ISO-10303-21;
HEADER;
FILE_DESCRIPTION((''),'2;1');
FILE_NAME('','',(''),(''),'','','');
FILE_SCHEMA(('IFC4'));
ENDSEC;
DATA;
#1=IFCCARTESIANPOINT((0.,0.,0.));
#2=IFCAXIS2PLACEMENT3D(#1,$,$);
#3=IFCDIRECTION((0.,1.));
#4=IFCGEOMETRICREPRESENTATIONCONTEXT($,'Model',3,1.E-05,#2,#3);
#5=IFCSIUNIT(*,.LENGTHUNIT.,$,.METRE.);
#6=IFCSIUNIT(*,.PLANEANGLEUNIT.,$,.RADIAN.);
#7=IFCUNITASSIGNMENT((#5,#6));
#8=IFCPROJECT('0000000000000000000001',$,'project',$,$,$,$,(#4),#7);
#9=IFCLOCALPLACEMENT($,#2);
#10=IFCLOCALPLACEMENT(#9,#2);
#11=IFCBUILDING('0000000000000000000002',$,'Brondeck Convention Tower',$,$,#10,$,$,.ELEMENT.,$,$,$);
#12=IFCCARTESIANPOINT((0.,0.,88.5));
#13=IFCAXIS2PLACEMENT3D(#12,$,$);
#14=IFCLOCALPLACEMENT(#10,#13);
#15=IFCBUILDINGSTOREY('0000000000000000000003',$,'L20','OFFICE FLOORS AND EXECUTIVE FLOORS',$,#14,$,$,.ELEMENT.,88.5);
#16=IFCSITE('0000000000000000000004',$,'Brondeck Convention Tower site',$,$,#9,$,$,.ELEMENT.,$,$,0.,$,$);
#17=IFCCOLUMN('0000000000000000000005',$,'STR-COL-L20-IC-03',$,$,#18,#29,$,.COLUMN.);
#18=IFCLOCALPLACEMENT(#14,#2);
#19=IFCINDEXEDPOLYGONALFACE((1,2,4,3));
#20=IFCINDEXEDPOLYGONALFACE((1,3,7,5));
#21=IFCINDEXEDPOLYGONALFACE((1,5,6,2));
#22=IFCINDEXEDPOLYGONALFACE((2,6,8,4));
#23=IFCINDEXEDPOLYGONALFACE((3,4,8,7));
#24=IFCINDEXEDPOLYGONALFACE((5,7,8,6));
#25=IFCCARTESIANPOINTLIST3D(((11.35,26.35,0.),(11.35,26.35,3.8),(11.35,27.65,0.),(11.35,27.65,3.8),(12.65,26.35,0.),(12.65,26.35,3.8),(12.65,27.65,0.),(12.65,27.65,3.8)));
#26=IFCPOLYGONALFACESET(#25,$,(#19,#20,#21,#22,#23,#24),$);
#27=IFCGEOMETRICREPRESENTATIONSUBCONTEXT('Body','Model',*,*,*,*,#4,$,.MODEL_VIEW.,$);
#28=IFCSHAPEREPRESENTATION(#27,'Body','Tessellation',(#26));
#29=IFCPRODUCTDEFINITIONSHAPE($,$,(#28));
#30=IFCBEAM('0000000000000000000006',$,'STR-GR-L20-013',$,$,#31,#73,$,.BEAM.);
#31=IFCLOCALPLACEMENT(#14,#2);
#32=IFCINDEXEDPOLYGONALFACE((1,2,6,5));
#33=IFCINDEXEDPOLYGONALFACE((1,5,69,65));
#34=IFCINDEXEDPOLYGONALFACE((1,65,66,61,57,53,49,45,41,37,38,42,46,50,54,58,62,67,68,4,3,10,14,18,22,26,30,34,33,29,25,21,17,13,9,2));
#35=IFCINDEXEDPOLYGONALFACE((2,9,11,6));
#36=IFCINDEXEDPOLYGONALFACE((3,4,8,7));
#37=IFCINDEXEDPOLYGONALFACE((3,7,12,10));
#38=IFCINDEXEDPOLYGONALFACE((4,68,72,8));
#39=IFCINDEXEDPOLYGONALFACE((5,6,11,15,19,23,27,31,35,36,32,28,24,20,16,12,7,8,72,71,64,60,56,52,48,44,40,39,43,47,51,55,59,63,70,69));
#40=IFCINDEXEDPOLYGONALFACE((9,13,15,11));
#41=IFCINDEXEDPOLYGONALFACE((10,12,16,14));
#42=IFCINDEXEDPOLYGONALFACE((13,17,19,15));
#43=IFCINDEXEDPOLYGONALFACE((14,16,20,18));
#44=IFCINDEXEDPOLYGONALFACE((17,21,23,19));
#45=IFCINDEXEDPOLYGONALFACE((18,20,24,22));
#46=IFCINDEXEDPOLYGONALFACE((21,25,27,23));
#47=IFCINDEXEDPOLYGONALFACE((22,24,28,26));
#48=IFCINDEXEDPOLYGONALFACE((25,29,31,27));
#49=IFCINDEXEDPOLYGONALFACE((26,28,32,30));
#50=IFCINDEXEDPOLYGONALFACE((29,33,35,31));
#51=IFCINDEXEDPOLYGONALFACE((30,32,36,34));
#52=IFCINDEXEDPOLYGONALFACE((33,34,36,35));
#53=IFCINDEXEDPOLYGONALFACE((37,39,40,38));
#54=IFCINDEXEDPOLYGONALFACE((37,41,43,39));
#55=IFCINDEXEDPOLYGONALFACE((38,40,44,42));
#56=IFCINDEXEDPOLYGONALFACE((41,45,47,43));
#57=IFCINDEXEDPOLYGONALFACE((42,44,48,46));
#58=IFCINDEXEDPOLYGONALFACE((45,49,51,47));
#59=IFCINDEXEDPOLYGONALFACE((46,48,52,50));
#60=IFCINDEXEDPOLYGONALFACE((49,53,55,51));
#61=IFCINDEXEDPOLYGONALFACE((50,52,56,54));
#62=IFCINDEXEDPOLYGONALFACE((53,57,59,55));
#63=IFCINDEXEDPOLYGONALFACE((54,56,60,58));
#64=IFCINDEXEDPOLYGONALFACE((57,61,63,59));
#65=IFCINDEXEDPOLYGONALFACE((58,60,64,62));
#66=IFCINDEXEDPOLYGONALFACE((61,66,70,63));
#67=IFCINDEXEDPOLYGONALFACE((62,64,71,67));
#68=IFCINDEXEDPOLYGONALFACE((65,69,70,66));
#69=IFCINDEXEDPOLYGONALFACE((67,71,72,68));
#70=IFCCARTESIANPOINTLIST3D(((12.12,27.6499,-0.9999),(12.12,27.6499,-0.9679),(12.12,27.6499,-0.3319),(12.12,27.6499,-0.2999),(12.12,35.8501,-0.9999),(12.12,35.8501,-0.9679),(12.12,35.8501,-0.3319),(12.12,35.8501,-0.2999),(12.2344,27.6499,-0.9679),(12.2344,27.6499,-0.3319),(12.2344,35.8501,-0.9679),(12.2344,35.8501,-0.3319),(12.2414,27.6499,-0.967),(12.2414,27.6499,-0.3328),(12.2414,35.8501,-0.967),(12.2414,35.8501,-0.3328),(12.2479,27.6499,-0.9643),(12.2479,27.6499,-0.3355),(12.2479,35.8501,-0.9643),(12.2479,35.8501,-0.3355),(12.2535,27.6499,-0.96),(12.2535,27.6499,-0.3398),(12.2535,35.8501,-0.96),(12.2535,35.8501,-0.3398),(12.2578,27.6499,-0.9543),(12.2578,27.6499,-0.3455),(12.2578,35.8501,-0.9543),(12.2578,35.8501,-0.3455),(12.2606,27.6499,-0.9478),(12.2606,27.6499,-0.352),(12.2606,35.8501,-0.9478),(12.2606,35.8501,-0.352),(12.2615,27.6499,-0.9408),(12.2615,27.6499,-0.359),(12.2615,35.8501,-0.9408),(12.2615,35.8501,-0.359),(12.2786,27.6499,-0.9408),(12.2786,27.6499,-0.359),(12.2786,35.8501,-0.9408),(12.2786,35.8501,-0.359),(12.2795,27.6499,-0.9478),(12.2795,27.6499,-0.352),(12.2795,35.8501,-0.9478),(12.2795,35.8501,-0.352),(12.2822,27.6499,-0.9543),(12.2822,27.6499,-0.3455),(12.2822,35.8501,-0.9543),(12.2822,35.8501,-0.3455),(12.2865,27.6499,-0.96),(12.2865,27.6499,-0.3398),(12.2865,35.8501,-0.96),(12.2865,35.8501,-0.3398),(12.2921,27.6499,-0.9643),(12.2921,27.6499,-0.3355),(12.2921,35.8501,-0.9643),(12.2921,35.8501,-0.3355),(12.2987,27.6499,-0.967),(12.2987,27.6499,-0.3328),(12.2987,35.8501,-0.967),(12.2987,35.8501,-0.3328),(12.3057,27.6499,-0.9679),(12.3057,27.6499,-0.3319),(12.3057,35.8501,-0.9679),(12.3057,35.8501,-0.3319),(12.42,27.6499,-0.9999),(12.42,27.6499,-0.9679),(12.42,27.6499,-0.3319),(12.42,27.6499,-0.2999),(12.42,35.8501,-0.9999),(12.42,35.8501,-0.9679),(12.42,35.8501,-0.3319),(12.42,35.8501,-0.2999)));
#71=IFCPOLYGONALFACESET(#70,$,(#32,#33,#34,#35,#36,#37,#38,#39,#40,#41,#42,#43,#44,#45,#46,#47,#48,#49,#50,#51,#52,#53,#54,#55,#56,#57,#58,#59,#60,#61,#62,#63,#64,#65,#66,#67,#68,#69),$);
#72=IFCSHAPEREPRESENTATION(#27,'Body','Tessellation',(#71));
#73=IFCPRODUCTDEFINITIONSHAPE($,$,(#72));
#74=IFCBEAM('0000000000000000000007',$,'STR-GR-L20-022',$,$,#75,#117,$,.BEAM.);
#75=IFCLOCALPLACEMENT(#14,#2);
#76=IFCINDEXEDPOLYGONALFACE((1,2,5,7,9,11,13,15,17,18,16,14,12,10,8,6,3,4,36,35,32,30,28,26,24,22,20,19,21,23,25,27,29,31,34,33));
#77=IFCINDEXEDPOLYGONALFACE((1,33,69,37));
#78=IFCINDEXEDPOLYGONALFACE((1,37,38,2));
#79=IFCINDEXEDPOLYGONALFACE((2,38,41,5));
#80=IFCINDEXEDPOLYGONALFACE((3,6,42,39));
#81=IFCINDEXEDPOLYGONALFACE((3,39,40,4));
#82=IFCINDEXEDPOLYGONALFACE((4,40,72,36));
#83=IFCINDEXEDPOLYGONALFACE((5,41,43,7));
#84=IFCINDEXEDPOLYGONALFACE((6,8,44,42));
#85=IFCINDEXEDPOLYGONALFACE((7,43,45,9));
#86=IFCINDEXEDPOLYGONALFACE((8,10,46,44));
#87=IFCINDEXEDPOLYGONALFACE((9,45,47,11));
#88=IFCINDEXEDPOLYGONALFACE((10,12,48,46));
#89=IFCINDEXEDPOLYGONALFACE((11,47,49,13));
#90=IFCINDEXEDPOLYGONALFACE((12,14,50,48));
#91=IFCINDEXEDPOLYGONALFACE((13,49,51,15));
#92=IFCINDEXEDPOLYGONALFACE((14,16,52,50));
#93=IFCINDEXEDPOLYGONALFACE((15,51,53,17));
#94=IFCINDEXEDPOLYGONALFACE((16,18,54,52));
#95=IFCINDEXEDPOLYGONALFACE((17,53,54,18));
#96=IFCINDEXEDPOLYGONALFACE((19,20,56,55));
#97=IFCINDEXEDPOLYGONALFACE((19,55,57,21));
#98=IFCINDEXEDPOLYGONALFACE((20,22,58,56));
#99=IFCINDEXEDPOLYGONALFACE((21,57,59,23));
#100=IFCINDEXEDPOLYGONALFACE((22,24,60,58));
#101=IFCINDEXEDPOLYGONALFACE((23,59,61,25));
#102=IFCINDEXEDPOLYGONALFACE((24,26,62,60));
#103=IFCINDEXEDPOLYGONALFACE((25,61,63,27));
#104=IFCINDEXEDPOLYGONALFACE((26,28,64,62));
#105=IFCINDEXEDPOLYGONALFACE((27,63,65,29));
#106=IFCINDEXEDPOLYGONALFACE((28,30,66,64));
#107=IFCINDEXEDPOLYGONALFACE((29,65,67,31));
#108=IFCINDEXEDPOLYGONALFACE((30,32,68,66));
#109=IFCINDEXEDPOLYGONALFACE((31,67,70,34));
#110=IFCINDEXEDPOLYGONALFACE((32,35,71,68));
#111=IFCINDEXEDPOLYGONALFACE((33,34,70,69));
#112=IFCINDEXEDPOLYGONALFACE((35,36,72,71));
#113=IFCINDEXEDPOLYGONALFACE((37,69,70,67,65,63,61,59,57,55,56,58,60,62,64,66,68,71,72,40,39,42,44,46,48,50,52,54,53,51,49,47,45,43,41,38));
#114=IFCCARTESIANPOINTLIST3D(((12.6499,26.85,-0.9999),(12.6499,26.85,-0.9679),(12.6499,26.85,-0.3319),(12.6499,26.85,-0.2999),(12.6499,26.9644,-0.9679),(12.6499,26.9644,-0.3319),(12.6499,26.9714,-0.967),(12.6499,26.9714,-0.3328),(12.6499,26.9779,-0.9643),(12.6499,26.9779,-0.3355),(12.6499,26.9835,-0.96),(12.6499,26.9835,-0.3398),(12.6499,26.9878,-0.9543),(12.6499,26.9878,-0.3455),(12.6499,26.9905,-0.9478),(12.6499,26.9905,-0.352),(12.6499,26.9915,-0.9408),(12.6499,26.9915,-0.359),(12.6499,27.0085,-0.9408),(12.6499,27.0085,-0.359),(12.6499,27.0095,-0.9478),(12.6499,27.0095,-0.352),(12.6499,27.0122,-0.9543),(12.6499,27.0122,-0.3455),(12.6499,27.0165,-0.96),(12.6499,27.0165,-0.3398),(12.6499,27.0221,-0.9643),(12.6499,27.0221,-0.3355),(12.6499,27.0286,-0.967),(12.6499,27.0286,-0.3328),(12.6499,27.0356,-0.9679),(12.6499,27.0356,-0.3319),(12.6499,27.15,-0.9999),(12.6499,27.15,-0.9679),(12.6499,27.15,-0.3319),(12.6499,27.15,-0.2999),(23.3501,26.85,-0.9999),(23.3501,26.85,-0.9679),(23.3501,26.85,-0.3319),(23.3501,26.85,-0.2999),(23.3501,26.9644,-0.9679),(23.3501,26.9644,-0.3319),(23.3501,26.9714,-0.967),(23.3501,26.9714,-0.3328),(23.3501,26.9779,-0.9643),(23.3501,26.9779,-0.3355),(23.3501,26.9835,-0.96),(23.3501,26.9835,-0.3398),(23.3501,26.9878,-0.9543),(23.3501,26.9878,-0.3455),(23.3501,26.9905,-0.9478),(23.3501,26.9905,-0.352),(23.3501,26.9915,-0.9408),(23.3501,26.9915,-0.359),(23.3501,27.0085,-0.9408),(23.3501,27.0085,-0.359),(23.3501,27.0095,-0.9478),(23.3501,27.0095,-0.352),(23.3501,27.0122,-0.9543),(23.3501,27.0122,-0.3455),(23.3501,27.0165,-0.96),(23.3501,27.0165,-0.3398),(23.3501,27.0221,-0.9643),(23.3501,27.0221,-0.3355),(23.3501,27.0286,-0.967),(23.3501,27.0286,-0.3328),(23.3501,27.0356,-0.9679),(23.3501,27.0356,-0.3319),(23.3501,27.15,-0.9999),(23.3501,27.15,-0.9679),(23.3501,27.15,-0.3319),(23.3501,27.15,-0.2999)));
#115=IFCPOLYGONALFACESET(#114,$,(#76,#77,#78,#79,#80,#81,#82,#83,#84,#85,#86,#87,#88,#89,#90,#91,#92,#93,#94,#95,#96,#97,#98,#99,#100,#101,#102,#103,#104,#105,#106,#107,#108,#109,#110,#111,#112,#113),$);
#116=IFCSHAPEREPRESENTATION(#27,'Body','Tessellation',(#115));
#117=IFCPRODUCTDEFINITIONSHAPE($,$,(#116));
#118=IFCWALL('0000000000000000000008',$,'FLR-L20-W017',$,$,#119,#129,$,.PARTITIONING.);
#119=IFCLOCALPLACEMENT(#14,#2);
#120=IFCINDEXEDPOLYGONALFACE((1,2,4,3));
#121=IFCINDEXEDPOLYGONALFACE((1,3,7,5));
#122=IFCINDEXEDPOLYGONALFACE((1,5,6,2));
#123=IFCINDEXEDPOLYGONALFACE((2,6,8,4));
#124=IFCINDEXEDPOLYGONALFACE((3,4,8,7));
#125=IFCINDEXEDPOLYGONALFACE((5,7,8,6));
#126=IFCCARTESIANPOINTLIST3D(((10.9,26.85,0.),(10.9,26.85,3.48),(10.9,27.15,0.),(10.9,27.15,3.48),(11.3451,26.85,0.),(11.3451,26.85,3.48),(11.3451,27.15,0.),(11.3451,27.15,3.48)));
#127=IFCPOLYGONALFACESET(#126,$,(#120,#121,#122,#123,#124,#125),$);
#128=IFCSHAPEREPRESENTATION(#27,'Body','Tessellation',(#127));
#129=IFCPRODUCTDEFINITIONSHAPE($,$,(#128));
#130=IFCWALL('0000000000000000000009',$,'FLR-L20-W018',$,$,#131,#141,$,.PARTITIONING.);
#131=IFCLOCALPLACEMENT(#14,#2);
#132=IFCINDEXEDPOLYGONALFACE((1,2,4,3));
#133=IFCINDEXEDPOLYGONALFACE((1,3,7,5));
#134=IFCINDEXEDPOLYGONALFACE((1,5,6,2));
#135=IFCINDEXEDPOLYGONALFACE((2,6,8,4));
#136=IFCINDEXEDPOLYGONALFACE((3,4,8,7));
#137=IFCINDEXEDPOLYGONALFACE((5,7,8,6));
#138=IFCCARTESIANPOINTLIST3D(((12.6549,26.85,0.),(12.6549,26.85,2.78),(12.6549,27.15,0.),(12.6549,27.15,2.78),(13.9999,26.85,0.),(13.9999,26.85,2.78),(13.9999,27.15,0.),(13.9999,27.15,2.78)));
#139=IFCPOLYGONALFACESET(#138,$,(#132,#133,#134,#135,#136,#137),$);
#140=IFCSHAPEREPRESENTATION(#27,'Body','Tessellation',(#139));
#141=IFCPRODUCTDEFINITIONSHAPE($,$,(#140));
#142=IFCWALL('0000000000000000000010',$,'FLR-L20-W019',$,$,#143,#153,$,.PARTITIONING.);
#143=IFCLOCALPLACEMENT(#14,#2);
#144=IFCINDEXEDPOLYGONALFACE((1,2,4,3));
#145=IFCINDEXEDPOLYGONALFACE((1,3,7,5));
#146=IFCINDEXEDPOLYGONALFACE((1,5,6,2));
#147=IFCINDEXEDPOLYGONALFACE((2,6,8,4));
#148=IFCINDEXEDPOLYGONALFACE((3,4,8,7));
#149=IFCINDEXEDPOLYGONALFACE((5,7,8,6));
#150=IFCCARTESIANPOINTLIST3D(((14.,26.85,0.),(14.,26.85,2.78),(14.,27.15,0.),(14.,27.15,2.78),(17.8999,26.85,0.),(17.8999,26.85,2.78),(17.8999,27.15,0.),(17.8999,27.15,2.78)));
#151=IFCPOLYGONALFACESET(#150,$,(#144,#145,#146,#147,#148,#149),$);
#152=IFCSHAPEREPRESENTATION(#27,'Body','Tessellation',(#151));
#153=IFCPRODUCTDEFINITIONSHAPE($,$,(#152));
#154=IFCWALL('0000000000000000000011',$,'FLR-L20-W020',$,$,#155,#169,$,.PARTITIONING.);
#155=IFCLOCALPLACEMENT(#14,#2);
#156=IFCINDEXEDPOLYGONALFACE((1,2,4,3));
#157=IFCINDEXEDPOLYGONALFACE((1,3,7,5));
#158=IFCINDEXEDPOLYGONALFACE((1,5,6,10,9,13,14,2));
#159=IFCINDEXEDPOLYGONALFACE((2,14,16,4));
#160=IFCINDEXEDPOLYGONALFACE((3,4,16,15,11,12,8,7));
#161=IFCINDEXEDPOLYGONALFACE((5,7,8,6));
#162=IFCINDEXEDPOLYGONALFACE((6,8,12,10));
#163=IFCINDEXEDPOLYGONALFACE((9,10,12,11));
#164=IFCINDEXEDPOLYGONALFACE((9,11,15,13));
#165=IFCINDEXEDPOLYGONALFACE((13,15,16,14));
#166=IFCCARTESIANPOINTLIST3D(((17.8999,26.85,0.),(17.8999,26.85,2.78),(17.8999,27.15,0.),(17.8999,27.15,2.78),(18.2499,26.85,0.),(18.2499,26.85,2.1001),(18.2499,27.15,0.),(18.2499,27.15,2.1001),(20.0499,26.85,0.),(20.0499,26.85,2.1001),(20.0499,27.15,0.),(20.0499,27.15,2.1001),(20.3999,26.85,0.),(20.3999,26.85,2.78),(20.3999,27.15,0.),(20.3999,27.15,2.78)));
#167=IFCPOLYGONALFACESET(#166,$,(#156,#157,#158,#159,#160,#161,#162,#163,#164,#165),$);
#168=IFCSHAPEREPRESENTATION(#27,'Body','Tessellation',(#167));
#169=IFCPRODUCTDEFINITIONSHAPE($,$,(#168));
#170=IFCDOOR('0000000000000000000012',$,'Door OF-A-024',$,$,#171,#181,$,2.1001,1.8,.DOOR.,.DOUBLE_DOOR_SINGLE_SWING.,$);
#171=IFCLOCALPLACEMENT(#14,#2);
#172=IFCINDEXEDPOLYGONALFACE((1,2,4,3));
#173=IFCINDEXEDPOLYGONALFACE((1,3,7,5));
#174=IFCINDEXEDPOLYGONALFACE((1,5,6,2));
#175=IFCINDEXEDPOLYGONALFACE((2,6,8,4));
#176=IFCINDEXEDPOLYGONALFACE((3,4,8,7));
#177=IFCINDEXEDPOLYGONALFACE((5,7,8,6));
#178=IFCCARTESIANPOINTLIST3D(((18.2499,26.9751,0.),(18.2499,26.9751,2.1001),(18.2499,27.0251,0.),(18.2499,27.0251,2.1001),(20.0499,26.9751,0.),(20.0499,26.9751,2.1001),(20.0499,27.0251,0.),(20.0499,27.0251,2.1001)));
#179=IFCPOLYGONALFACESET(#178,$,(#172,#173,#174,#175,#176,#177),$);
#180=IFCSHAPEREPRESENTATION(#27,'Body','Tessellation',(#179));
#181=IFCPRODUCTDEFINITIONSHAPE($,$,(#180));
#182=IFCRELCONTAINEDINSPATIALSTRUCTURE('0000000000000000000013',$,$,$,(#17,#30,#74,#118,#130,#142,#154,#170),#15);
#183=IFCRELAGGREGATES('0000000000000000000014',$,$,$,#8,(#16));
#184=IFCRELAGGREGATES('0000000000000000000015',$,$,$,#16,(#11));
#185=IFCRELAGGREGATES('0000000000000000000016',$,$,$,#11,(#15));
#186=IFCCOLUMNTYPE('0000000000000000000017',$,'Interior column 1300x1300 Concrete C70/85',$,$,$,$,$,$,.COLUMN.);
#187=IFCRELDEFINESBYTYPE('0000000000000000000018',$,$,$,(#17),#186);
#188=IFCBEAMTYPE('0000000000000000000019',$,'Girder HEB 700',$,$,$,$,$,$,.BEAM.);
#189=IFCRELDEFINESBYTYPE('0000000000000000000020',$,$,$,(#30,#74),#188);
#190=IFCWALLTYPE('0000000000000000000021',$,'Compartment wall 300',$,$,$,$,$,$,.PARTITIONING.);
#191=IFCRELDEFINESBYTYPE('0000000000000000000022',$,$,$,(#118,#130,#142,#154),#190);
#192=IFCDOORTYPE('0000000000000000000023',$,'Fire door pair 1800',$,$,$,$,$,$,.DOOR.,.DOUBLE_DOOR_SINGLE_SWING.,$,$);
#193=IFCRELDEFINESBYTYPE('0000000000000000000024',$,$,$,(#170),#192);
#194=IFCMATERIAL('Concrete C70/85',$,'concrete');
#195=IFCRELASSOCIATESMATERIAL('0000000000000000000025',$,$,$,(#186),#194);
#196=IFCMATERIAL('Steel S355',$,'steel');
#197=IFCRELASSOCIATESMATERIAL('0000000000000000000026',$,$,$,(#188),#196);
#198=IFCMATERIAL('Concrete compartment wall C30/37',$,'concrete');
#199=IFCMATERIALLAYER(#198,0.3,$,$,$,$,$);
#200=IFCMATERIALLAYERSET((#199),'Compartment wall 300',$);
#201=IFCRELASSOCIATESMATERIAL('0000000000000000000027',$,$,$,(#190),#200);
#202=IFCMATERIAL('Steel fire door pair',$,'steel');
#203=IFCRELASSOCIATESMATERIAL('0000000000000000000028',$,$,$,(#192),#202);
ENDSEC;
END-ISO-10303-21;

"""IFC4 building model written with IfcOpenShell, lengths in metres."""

from ifc_helpers import new_model, si_unit, direction, frame, frame_2d, origin, origin_2d, place, context, subcontext, project, spatial, rectangle, i_section, extrude, material, layer, layer_set, material_profile, profile_set, type_object, element, fill, save


model = new_model("IFC4")

# Units and contexts
model_context = context("Model", 3, precision=1e-05, world=origin(), true_north=direction((0.0, 1.0)))
body_context = subcontext(model_context, "Body", "Model", "MODEL_VIEW")
ifc_project = project(units=[si_unit("LENGTHUNIT", "METRE"), si_unit("PLANEANGLEUNIT", "RADIAN")], contexts=[model_context])

# Site, building, storey
site_placement = place(None, origin())
site = spatial("IfcSite", under=ifc_project, at=site_placement, Name="Brondeck Convention Tower site", CompositionType="ELEMENT", RefElevation=0.0)
building_placement = place(site_placement, origin())
building = spatial("IfcBuilding", under=site, at=building_placement, Name="Brondeck Convention Tower", CompositionType="ELEMENT")
storey_placement = place(building_placement, frame((0.0, 0.0, 88.5)))
storey = spatial("IfcBuildingStorey", under=building, at=storey_placement, Name="L20", Description="OFFICE FLOORS AND EXECUTIVE FLOORS", CompositionType="ELEMENT", Elevation=88.5)

# Column
ifc_material_1 = material(Name="Concrete C70/85", Category="concrete")
ifc_material_profile_1 = material_profile(ifc_material_1, rectangle(XDim=1.3, YDim=1.3, at=origin_2d()), Name="Interior column 1300x1300 Concrete C70/85")
ifc_profile_set_1 = profile_set([ifc_material_profile_1], Name="Concrete C70/85")
column_type = type_object("IfcColumnType", Name="Interior column 1300x1300 Concrete C70/85", PredefinedType="COLUMN", material=ifc_profile_set_1)
column_placement = place(storey_placement, frame((12.0, 27.0, 0.0), z_axis=(0.0, 0.0, 1.0), x_axis=(1.0, 0.0, 0.0)))
element("IfcColumn", 1, at=column_placement, inside=storey, type_object=column_type, Name="STR-COL-L20-IC-03", PredefinedType="COLUMN", context=body_context, shape_type="SweptSolid", body=[
    extrude(rectangle(XDim=1.3, YDim=1.3, at=origin_2d()), origin(), (0.0, 0.0, 1.0), 3.8),
])

# Beams
ifc_material_2 = material(Name="Steel S355", Category="steel")
ifc_material_profile_2 = material_profile(ifc_material_2, i_section(OverallWidth=0.3, OverallDepth=0.7, WebThickness=0.0171, FlangeThickness=0.032, FilletRadius=0.0271, at=origin_2d()), Name="HEB 700")
ifc_profile_set_2 = profile_set([ifc_material_profile_2], Name="Steel S355")
beam_type = type_object("IfcBeamType", Name="Girder HEB 700", PredefinedType="BEAM", material=ifc_profile_set_2)
beam_1_placement = place(storey_placement, frame((12.27, 35.8501, -0.6499), z_axis=(0.0, -1.0, 0.0), x_axis=(1.0, 0.0, 0.0)))
element("IfcBeam", 2, at=beam_1_placement, inside=storey, type_object=beam_type, Name="STR-GR-L20-013", PredefinedType="BEAM", context=body_context, shape_type="SweptSolid", body=[
    extrude(i_section(OverallWidth=0.3, OverallDepth=0.7, WebThickness=0.0171, FlangeThickness=0.032, FilletRadius=0.0271, at=origin_2d()), origin(), (0.0, 0.0, 1.0), 8.2002),
])
beam_2_placement = place(storey_placement, frame((12.6499, 27.0, -0.6499), z_axis=(1.0, 0.0, 0.0), x_axis=(0.0, 1.0, 0.0)))
element("IfcBeam", 3, at=beam_2_placement, inside=storey, type_object=beam_type, Name="STR-GR-L20-022", PredefinedType="BEAM", context=body_context, shape_type="SweptSolid", body=[
    extrude(i_section(OverallWidth=0.3, OverallDepth=0.7, WebThickness=0.0171, FlangeThickness=0.032, FilletRadius=0.0271, at=origin_2d()), origin(), (0.0, 0.0, 1.0), 10.7002),
])

# Walls
ifc_material_3 = material(Name="Concrete compartment wall C30/37", Category="concrete")
ifc_layer_1 = layer(ifc_material_3, 0.3)
ifc_layer_set_1 = layer_set([ifc_layer_1], Name="Compartment wall 300")
wall_type_1 = type_object("IfcWallType", Name="Compartment wall 300", PredefinedType="PARTITIONING", material=ifc_layer_set_1)
wall_1_placement = place(storey_placement, frame((10.8999, 27.0, 0.0), z_axis=(0.0, 0.0, 1.0), x_axis=(1.0, 0.0, 0.0)))
element("IfcWall", 4, at=wall_1_placement, inside=storey, type_object=wall_type_1, Name="FLR-L20-W017", PredefinedType="PARTITIONING", context=body_context, shape_type="SweptSolid", body=[
    extrude(rectangle(XDim=0.4451, YDim=0.3, at=frame_2d((0.2227, 0.0))), origin(), (0.0, 0.0, 1.0), 3.48),
])
wall_2_placement = place(storey_placement, frame((12.655, 27.0, 0.0), z_axis=(0.0, 0.0, 1.0), x_axis=(1.0, 0.0, 0.0)))
element("IfcWall", 5, at=wall_2_placement, inside=storey, type_object=wall_type_1, Name="FLR-L20-W018", PredefinedType="PARTITIONING", context=body_context, shape_type="SweptSolid", body=[
    extrude(rectangle(XDim=1.345, YDim=0.3, at=frame_2d((0.6724, 0.0))), origin(), (0.0, 0.0, 1.0), 2.78),
])
wall_3_placement = place(storey_placement, frame((14.0, 27.0, 0.0), z_axis=(0.0, 0.0, 1.0), x_axis=(1.0, 0.0, 0.0)))
element("IfcWall", 6, at=wall_3_placement, inside=storey, type_object=wall_type_1, Name="FLR-L20-W019", PredefinedType="PARTITIONING", context=body_context, shape_type="SweptSolid", body=[
    extrude(rectangle(XDim=3.8999, YDim=0.3, at=frame_2d((1.95, 0.0))), origin(), (0.0, 0.0, 1.0), 2.78),
])

# Wall, opening, door
wall_4_placement = place(storey_placement, frame((20.3999, 27.0, 0.0), z_axis=(0.0, 0.0, 1.0), x_axis=(-1.0, 0.0, 0.0)))
wall_4 = element("IfcWall", 7, at=wall_4_placement, inside=storey, type_object=wall_type_1, Name="FLR-L20-W020", PredefinedType="PARTITIONING", context=body_context, shape_type="SweptSolid", body=[
    extrude(rectangle(XDim=2.5, YDim=0.3, at=frame_2d((1.25, 0.0))), origin(), (0.0, 0.0, 1.0), 2.78),
])
opening_1_placement = place(wall_4_placement, frame((0.3501, 0.0, 0.0)))
opening_1 = element("IfcOpeningElement", 8, at=opening_1_placement, cuts=wall_4, PredefinedType="OPENING", context=body_context, shape_type="SweptSolid", body=[
    extrude(rectangle(XDim=1.8, YDim=2.1001, at=frame_2d((0.8999, 1.05))), frame((0.0, 0.1599, 0.0), z_axis=(0.0, -1.0, 0.0), x_axis=(1.0, 0.0, 0.0)), (0.0, 0.0, 1.0), 0.3201),
])
ifc_material_4 = material(Name="Steel fire door pair", Category="steel")
door_type_1 = type_object("IfcDoorType", Name="Fire door pair 1800", OperationType="DOUBLE_DOOR_SINGLE_SWING", PredefinedType="DOOR", material=ifc_material_4)
door_1_placement = place(opening_1_placement, origin())
door_1 = element("IfcDoor", 9, at=door_1_placement, inside=storey, type_object=door_type_1, Name="Door OF-A-024", OperationType="DOUBLE_DOOR_SINGLE_SWING", OverallHeight=2.1001, OverallWidth=1.8, PredefinedType="DOOR", context=body_context, shape_type="SweptSolid", body=[
    extrude(rectangle(XDim=1.8, YDim=2.1001, at=frame_2d((0.8999, 1.05))), frame((0.0, 0.0249, 0.0), z_axis=(0.0, -1.0, 0.0), x_axis=(1.0, 0.0, 0.0)), (0.0, 0.0, 1.0), 0.05),
])
fill(opening_1, door_1)

save(model, "model.ifc")
